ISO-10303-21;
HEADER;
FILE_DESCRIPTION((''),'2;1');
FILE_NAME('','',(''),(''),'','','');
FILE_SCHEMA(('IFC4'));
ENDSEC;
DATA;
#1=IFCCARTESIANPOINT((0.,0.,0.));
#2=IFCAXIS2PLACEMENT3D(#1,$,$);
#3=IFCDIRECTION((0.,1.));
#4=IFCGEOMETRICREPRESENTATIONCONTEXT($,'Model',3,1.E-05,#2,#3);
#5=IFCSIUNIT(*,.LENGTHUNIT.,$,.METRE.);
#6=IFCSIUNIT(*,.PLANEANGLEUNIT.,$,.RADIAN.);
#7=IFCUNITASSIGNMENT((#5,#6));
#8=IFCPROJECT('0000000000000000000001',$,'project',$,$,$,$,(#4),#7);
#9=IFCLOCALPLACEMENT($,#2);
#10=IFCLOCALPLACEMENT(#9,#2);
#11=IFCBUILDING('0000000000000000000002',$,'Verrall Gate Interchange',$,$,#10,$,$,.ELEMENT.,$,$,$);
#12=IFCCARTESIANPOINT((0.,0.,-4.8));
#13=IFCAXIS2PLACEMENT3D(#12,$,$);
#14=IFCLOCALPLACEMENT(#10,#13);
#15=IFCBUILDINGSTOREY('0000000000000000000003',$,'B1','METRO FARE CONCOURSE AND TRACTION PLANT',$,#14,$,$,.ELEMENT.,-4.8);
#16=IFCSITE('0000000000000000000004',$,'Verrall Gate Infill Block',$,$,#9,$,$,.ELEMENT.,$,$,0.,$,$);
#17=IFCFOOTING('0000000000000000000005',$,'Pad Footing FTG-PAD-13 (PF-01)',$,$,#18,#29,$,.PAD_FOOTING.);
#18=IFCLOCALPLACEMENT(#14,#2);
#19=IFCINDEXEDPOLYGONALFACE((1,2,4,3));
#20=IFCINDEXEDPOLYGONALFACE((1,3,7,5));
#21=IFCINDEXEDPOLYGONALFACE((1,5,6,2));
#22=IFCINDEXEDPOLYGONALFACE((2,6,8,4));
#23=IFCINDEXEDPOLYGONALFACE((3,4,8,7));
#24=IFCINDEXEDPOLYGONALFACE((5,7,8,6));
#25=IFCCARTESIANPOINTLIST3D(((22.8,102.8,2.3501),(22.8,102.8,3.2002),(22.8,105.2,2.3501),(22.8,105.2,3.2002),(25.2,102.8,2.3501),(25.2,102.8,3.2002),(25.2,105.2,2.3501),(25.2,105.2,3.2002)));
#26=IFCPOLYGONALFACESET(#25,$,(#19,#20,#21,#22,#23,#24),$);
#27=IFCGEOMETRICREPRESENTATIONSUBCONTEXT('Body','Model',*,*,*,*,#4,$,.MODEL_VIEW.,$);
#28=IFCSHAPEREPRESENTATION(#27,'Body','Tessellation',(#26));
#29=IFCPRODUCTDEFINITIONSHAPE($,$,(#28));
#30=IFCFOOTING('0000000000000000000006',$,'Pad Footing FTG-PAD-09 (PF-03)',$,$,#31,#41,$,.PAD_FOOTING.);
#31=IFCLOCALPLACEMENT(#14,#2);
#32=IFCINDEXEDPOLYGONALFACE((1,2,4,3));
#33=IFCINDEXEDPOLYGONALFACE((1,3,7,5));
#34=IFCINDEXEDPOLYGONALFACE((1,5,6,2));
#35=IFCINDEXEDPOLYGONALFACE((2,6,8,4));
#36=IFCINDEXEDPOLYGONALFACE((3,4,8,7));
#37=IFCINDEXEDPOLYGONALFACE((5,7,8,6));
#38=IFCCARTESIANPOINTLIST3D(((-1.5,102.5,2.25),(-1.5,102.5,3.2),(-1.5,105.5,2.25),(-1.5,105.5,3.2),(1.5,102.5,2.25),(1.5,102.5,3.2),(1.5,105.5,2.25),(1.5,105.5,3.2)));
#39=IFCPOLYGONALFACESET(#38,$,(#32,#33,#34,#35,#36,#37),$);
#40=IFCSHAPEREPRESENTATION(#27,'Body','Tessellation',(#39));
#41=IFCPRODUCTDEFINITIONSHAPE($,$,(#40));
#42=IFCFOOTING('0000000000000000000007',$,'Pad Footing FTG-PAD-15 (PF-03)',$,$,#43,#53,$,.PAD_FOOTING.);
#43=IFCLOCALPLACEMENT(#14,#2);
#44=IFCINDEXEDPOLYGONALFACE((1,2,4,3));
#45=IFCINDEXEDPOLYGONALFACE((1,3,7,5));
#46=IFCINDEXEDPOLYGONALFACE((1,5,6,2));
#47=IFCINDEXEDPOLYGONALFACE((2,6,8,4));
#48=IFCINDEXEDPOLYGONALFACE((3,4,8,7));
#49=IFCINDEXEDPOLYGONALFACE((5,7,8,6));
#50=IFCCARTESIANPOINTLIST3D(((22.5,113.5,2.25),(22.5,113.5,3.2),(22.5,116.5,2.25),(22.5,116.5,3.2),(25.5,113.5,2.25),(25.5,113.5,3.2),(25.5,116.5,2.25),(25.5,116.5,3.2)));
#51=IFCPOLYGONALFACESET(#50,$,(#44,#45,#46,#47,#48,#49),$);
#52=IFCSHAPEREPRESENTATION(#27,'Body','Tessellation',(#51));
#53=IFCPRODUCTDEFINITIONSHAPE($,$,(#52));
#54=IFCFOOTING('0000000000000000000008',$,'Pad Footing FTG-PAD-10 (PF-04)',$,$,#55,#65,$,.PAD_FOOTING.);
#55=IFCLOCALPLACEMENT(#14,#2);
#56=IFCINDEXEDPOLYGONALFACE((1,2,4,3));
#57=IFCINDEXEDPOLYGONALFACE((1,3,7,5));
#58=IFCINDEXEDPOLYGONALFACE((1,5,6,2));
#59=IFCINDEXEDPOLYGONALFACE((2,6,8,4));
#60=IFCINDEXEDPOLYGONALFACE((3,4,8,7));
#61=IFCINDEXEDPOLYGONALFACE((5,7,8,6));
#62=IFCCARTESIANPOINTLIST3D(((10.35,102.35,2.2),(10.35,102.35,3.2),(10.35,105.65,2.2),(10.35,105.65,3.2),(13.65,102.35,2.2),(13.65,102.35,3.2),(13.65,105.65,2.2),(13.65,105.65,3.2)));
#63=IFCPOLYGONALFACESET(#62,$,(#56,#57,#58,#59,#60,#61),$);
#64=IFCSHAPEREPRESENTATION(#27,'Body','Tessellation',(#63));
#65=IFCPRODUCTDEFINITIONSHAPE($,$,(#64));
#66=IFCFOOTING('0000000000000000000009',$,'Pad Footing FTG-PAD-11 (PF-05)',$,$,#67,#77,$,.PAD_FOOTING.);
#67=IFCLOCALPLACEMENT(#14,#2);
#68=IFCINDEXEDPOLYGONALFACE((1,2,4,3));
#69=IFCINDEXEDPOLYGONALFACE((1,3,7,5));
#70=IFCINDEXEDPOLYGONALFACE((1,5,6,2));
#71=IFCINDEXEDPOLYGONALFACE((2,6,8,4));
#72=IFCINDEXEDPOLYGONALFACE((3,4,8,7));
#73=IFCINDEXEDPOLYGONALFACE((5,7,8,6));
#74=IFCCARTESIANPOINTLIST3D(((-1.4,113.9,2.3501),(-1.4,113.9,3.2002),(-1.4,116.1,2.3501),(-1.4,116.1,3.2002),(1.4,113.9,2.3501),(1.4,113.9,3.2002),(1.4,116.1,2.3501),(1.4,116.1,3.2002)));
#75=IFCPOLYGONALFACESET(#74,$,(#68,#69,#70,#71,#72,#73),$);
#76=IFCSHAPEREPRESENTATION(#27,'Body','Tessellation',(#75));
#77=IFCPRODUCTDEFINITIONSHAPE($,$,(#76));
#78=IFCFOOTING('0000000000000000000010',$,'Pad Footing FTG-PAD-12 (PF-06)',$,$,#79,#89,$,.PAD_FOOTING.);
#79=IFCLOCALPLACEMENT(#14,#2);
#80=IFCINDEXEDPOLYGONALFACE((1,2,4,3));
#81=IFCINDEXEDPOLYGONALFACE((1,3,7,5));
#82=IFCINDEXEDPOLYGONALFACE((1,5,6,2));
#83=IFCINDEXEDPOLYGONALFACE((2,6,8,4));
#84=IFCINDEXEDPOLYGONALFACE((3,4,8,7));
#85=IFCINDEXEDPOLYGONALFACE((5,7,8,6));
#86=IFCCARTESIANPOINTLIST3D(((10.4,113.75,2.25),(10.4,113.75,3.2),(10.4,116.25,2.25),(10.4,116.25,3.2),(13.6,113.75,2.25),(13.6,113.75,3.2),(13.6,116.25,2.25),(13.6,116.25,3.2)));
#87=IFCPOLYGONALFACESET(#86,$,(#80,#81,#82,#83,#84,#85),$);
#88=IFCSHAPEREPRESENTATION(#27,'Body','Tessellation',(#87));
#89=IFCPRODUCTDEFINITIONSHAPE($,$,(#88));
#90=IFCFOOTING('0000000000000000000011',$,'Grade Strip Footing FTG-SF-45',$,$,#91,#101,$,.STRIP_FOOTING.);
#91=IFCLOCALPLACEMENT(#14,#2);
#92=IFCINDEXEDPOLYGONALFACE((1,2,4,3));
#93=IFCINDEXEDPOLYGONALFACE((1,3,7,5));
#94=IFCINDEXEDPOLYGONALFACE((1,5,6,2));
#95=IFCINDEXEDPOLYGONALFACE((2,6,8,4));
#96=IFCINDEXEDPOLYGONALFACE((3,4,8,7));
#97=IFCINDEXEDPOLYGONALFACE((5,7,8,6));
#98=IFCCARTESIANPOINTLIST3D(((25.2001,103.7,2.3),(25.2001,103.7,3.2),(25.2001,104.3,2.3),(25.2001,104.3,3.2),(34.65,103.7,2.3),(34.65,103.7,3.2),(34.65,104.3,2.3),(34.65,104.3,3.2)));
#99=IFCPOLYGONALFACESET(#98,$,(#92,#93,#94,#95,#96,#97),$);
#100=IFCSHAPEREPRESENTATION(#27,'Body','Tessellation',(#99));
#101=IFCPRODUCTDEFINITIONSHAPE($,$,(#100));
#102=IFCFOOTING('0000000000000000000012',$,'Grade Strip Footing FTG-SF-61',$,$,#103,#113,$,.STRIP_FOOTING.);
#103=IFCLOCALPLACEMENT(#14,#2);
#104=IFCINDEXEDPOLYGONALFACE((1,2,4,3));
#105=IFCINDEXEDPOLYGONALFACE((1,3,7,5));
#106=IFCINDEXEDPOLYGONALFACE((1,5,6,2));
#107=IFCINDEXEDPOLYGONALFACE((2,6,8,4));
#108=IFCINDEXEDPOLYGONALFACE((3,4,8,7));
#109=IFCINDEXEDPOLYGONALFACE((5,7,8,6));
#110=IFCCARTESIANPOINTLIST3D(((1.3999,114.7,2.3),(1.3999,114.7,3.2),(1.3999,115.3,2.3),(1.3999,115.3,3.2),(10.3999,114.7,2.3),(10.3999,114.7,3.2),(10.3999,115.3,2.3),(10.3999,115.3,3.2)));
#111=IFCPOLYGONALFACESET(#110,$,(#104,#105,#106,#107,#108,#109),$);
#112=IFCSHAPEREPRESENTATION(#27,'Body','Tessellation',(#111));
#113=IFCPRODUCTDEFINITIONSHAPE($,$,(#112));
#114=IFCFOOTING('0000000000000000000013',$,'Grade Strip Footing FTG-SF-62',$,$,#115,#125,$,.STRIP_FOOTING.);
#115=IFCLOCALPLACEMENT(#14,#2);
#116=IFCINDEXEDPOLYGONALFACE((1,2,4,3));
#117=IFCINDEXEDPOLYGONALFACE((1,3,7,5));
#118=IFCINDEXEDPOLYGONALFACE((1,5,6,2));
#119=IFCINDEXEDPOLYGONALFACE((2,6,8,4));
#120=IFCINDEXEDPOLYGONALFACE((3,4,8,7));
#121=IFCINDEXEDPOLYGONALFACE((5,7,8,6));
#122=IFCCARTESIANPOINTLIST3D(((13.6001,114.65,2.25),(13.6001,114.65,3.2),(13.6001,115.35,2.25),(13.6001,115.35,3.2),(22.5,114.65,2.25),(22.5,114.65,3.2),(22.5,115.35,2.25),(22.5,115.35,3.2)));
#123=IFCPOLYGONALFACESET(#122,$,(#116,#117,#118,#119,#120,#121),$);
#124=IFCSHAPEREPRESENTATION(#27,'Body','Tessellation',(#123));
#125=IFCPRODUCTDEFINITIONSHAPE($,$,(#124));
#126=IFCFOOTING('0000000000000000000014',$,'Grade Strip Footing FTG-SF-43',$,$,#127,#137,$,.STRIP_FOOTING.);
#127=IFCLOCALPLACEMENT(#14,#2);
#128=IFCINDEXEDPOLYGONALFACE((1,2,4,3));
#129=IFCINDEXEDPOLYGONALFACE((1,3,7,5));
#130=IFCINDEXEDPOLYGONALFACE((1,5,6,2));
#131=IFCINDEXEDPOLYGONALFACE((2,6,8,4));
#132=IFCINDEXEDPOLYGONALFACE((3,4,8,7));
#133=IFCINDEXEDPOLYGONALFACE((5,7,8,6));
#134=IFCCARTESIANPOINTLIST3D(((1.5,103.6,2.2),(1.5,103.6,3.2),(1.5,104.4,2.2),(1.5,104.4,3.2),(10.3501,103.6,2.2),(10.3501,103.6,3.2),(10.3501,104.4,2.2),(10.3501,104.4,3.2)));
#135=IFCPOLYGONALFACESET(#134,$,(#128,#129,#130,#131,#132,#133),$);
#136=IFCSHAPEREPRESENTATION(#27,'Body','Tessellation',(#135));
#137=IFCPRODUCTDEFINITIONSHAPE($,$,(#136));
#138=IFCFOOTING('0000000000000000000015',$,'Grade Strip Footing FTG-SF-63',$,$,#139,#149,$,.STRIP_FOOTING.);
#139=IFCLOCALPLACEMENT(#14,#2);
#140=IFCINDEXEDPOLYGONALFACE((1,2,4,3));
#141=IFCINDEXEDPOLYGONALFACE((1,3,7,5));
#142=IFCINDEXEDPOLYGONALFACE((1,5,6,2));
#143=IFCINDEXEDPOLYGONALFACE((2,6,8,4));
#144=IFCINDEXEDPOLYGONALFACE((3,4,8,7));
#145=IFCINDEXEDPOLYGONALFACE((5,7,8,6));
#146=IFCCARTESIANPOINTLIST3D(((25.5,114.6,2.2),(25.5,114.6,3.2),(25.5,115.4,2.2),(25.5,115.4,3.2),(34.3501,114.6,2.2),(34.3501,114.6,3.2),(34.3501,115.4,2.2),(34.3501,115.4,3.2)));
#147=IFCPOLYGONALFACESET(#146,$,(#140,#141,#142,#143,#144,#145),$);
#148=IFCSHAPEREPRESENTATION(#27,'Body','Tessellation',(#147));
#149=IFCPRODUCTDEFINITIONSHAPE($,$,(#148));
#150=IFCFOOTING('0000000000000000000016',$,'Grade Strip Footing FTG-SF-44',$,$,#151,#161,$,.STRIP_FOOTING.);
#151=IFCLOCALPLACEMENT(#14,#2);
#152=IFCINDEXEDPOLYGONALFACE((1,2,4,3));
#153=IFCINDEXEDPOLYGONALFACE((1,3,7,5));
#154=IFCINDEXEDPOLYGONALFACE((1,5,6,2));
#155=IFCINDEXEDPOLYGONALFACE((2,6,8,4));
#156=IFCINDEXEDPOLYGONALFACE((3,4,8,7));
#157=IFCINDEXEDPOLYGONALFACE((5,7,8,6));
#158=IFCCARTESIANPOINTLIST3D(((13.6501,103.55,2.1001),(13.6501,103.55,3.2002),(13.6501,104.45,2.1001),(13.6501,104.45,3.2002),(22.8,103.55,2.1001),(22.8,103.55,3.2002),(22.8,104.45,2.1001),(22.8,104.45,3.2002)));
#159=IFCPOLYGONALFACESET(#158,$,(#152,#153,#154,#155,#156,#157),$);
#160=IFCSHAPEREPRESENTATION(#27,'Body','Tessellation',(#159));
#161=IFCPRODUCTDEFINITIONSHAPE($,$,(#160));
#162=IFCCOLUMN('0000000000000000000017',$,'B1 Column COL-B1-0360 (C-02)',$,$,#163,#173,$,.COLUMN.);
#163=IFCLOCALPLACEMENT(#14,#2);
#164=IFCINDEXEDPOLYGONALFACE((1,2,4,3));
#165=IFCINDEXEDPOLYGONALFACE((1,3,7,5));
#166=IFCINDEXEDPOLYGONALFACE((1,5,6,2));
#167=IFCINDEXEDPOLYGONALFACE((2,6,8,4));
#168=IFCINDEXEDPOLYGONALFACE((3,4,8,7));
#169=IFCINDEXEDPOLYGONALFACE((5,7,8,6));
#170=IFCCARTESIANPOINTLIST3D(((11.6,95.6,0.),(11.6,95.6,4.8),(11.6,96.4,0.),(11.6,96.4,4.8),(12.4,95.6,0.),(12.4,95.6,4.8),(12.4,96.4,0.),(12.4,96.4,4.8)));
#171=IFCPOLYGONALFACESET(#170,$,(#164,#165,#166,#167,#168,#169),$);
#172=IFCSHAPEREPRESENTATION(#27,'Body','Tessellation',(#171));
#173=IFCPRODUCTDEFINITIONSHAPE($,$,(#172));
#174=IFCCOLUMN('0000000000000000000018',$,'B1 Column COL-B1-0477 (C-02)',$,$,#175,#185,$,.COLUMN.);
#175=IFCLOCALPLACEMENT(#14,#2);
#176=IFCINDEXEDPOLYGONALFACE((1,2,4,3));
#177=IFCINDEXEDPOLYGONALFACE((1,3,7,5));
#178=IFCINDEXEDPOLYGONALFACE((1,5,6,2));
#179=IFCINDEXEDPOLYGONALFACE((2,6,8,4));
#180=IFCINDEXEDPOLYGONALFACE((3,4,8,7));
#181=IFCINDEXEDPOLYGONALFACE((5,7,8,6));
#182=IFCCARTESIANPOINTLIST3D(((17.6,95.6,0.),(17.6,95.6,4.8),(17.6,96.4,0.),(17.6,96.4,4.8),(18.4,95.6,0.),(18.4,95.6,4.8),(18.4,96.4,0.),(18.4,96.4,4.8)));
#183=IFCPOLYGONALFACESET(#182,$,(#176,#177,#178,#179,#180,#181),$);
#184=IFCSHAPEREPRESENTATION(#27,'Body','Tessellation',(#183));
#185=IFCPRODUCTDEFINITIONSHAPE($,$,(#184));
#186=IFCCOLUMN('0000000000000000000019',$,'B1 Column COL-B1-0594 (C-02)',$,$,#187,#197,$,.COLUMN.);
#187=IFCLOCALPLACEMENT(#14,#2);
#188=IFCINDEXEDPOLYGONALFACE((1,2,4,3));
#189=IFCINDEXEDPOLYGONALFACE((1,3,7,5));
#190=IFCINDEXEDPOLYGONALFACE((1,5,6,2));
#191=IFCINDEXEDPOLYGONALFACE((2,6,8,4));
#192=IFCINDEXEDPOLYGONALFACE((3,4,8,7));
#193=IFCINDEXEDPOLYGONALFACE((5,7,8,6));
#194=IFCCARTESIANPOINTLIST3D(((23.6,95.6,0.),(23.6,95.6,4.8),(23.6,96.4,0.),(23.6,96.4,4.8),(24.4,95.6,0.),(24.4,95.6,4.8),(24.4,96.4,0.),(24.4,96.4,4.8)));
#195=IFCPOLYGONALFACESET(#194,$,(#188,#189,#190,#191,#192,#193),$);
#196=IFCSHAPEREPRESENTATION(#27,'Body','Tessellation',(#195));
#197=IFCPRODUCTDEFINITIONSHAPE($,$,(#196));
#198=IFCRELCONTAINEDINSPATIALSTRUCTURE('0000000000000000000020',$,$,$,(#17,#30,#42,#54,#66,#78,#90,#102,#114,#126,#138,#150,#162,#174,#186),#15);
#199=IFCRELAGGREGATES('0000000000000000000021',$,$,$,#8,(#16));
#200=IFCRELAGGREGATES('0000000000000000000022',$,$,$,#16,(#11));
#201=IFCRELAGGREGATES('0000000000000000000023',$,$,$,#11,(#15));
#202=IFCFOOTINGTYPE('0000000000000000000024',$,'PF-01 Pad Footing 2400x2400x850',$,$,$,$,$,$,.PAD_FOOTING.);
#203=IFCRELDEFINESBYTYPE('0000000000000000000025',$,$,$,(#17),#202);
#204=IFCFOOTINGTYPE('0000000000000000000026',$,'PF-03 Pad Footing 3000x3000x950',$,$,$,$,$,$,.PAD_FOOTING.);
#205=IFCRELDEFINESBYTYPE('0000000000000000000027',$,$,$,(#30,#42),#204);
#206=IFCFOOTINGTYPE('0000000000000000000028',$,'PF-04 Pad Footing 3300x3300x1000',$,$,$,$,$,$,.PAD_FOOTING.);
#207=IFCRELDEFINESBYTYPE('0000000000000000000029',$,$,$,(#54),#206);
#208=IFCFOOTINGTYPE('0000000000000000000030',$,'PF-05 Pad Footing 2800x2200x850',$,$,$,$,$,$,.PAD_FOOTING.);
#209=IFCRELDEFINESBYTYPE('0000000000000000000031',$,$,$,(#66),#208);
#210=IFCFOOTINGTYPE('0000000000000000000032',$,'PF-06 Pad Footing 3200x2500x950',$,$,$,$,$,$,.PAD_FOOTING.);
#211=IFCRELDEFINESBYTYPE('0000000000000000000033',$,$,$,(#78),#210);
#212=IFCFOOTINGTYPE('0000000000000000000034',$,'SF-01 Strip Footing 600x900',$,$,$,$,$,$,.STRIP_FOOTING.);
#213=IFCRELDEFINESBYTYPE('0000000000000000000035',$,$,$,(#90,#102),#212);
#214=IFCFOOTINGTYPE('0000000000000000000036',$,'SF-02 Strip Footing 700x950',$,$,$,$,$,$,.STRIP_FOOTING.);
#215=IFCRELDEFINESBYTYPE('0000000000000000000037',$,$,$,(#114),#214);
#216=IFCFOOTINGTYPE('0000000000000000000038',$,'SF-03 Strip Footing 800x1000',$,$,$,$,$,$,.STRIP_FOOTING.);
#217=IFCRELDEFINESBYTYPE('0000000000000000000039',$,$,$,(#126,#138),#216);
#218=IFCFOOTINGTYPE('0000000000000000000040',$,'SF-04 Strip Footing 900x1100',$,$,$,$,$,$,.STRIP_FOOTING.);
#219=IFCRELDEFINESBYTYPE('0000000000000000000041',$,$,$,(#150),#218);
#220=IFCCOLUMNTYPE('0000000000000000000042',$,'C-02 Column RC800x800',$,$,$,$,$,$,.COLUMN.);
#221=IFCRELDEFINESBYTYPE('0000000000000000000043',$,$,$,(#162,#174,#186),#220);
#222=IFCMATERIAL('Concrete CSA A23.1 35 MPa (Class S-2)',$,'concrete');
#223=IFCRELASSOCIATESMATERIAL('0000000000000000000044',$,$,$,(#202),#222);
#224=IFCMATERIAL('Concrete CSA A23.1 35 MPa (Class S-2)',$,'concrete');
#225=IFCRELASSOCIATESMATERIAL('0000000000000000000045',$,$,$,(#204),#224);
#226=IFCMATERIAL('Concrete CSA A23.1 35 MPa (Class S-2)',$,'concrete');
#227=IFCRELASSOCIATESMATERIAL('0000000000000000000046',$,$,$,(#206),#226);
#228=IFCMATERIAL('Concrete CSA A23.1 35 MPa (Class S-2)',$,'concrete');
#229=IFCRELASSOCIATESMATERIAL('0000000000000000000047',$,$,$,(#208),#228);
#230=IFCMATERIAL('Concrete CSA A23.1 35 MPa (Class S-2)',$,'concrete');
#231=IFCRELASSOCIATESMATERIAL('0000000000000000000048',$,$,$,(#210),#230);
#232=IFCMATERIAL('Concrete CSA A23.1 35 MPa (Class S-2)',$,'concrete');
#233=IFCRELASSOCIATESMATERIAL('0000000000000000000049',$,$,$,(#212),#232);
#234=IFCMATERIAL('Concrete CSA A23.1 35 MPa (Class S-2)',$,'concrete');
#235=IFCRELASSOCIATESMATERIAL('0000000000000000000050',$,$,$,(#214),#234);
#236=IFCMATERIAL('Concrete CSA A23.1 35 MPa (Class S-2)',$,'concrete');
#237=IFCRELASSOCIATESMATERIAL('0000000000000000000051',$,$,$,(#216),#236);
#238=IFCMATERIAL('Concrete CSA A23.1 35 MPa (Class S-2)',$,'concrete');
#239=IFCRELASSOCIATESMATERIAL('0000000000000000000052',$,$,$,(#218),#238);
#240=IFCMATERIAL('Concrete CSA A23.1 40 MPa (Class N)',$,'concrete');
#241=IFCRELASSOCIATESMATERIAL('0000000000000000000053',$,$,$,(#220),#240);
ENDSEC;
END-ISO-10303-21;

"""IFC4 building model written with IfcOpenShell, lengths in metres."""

from ifc_helpers import new_model, si_unit, direction, frame, origin, origin_2d, place, context, subcontext, project, spatial, rectangle, extrude, material, material_profile, profile_set, type_object, element, save


model = new_model("IFC4")

# Units and contexts
model_context = context("Model", 3, precision=1e-05, world=origin(), true_north=direction((0.0, 1.0)))
body_context = subcontext(model_context, "Body", "Model", "MODEL_VIEW")
ifc_project = project(units=[si_unit("LENGTHUNIT", "METRE"), si_unit("PLANEANGLEUNIT", "RADIAN")], contexts=[model_context])

# Site, building, storey
site_placement = place(None, origin())
site = spatial("IfcSite", under=ifc_project, at=site_placement, Name="Verrall Gate Infill Block", CompositionType="ELEMENT", RefElevation=0.0)
building_placement = place(site_placement, origin())
building = spatial("IfcBuilding", under=site, at=building_placement, Name="Verrall Gate Interchange", CompositionType="ELEMENT")
storey_placement = place(building_placement, frame((0.0, 0.0, -4.8)))
storey = spatial("IfcBuildingStorey", under=building, at=storey_placement, Name="B1", Description="METRO FARE CONCOURSE AND TRACTION PLANT", CompositionType="ELEMENT", Elevation=-4.8)

# Footings
ifc_material_1 = material(Name="Concrete CSA A23.1 35 MPa (Class S-2)", Category="concrete")
footing_type_1 = type_object("IfcFootingType", Name="PF-01 Pad Footing 2400x2400x850", PredefinedType="PAD_FOOTING", material=ifc_material_1)
footing_1_placement = place(storey_placement, frame((24.0, 104.0, 2.3501), z_axis=(0.0, 0.0, 1.0), x_axis=(1.0, 0.0, 0.0)))
element("IfcFooting", 1, at=footing_1_placement, inside=storey, type_object=footing_type_1, Name="Pad Footing FTG-PAD-13 (PF-01)", PredefinedType="PAD_FOOTING", context=body_context, shape_type="SweptSolid", body=[
    extrude(rectangle(XDim=2.3999, YDim=2.3999, at=origin_2d()), origin(), (0.0, 0.0, 1.0), 0.8501),
])
ifc_material_2 = material(Name="Concrete CSA A23.1 35 MPa (Class S-2)", Category="concrete")
footing_type_2 = type_object("IfcFootingType", Name="PF-03 Pad Footing 3000x3000x950", PredefinedType="PAD_FOOTING", material=ifc_material_2)
for number, where, z_axis, x_axis, name in (
    (2, (0.0, 104.0, 2.25), (0.0, 0.0, 1.0), (1.0, 0.0, 0.0), "Pad Footing FTG-PAD-09 (PF-03)"),
    (3, (24.0, 115.0, 2.25), (0.0, 0.0, 1.0), (1.0, 0.0, 0.0), "Pad Footing FTG-PAD-15 (PF-03)"),
):
    element("IfcFooting", number, at=place(storey_placement, frame(where, z_axis=z_axis, x_axis=x_axis)), inside=storey, type_object=footing_type_2, Name=name, PredefinedType="PAD_FOOTING", context=body_context, shape_type="SweptSolid", body=[
        extrude(rectangle(XDim=3.0, YDim=3.0, at=origin_2d()), origin(), (0.0, 0.0, 1.0), 0.95),
    ])
ifc_material_3 = material(Name="Concrete CSA A23.1 35 MPa (Class S-2)", Category="concrete")
footing_type_3 = type_object("IfcFootingType", Name="PF-04 Pad Footing 3300x3300x1000", PredefinedType="PAD_FOOTING", material=ifc_material_3)
footing_2_placement = place(storey_placement, frame((12.0, 104.0, 2.2), z_axis=(0.0, 0.0, 1.0), x_axis=(1.0, 0.0, 0.0)))
element("IfcFooting", 4, at=footing_2_placement, inside=storey, type_object=footing_type_3, Name="Pad Footing FTG-PAD-10 (PF-04)", PredefinedType="PAD_FOOTING", context=body_context, shape_type="SweptSolid", body=[
    extrude(rectangle(XDim=3.3, YDim=3.3, at=origin_2d()), origin(), (0.0, 0.0, 1.0), 1.0),
])
ifc_material_4 = material(Name="Concrete CSA A23.1 35 MPa (Class S-2)", Category="concrete")
footing_type_4 = type_object("IfcFootingType", Name="PF-05 Pad Footing 2800x2200x850", PredefinedType="PAD_FOOTING", material=ifc_material_4)
footing_3_placement = place(storey_placement, frame((0.0, 115.0, 2.3501), z_axis=(0.0, 0.0, 1.0), x_axis=(1.0, 0.0, 0.0)))
element("IfcFooting", 5, at=footing_3_placement, inside=storey, type_object=footing_type_4, Name="Pad Footing FTG-PAD-11 (PF-05)", PredefinedType="PAD_FOOTING", context=body_context, shape_type="SweptSolid", body=[
    extrude(rectangle(XDim=2.8, YDim=2.2, at=origin_2d()), origin(), (0.0, 0.0, 1.0), 0.8501),
])
ifc_material_5 = material(Name="Concrete CSA A23.1 35 MPa (Class S-2)", Category="concrete")
footing_type_5 = type_object("IfcFootingType", Name="PF-06 Pad Footing 3200x2500x950", PredefinedType="PAD_FOOTING", material=ifc_material_5)
footing_4_placement = place(storey_placement, frame((12.0, 115.0, 2.25), z_axis=(0.0, 0.0, 1.0), x_axis=(1.0, 0.0, 0.0)))
element("IfcFooting", 6, at=footing_4_placement, inside=storey, type_object=footing_type_5, Name="Pad Footing FTG-PAD-12 (PF-06)", PredefinedType="PAD_FOOTING", context=body_context, shape_type="SweptSolid", body=[
    extrude(rectangle(XDim=3.2, YDim=2.5, at=origin_2d()), origin(), (0.0, 0.0, 1.0), 0.95),
])
ifc_material_6 = material(Name="Concrete CSA A23.1 35 MPa (Class S-2)", Category="concrete")
footing_type_6 = type_object("IfcFootingType", Name="SF-01 Strip Footing 600x900", PredefinedType="STRIP_FOOTING", material=ifc_material_6)
footing_5_placement = place(storey_placement, frame((29.925, 104.0, 2.3), z_axis=(0.0, 0.0, 1.0), x_axis=(1.0, 0.0, 0.0)))
element("IfcFooting", 7, at=footing_5_placement, inside=storey, type_object=footing_type_6, Name="Grade Strip Footing FTG-SF-45", PredefinedType="STRIP_FOOTING", context=body_context, shape_type="SweptSolid", body=[
    extrude(rectangle(XDim=9.45, YDim=0.6001, at=origin_2d()), origin(), (0.0, 0.0, 1.0), 0.8999),
])
footing_6_placement = place(storey_placement, frame((5.8999, 115.0, 2.3), z_axis=(0.0, 0.0, 1.0), x_axis=(1.0, 0.0, 0.0)))
element("IfcFooting", 8, at=footing_6_placement, inside=storey, type_object=footing_type_6, Name="Grade Strip Footing FTG-SF-61", PredefinedType="STRIP_FOOTING", context=body_context, shape_type="SweptSolid", body=[
    extrude(rectangle(XDim=9.0, YDim=0.6001, at=origin_2d()), origin(), (0.0, 0.0, 1.0), 0.8999),
])
ifc_material_7 = material(Name="Concrete CSA A23.1 35 MPa (Class S-2)", Category="concrete")
footing_type_7 = type_object("IfcFootingType", Name="SF-02 Strip Footing 700x950", PredefinedType="STRIP_FOOTING", material=ifc_material_7)
footing_7_placement = place(storey_placement, frame((18.05, 115.0, 2.25), z_axis=(0.0, 0.0, 1.0), x_axis=(1.0, 0.0, 0.0)))
element("IfcFooting", 9, at=footing_7_placement, inside=storey, type_object=footing_type_7, Name="Grade Strip Footing FTG-SF-62", PredefinedType="STRIP_FOOTING", context=body_context, shape_type="SweptSolid", body=[
    extrude(rectangle(XDim=8.8999, YDim=0.7, at=origin_2d()), origin(), (0.0, 0.0, 1.0), 0.95),
])
ifc_material_8 = material(Name="Concrete CSA A23.1 35 MPa (Class S-2)", Category="concrete")
footing_type_8 = type_object("IfcFootingType", Name="SF-03 Strip Footing 800x1000", PredefinedType="STRIP_FOOTING", material=ifc_material_8)
for number, where, z_axis, x_axis, name in (
    (10, (5.925, 104.0, 2.2), (0.0, 0.0, 1.0), (1.0, 0.0, 0.0), "Grade Strip Footing FTG-SF-43"),
    (11, (29.925, 115.0, 2.2), (0.0, 0.0, 1.0), (1.0, 0.0, 0.0), "Grade Strip Footing FTG-SF-63"),
):
    element("IfcFooting", number, at=place(storey_placement, frame(where, z_axis=z_axis, x_axis=x_axis)), inside=storey, type_object=footing_type_8, Name=name, PredefinedType="STRIP_FOOTING", context=body_context, shape_type="SweptSolid", body=[
        extrude(rectangle(XDim=8.8501, YDim=0.8, at=origin_2d()), origin(), (0.0, 0.0, 1.0), 1.0),
    ])
ifc_material_9 = material(Name="Concrete CSA A23.1 35 MPa (Class S-2)", Category="concrete")
footing_type_9 = type_object("IfcFootingType", Name="SF-04 Strip Footing 900x1100", PredefinedType="STRIP_FOOTING", material=ifc_material_9)
footing_8_placement = place(storey_placement, frame((18.2251, 104.0, 2.1001), z_axis=(0.0, 0.0, 1.0), x_axis=(1.0, 0.0, 0.0)))
element("IfcFooting", 12, at=footing_8_placement, inside=storey, type_object=footing_type_9, Name="Grade Strip Footing FTG-SF-44", PredefinedType="STRIP_FOOTING", context=body_context, shape_type="SweptSolid", body=[
    extrude(rectangle(XDim=9.1499, YDim=0.8999, at=origin_2d()), origin(), (0.0, 0.0, 1.0), 1.1001),
])

# Columns
ifc_material_10 = material(Name="Concrete CSA A23.1 40 MPa (Class N)", Category="concrete")
ifc_material_profile_1 = material_profile(ifc_material_10, rectangle(XDim=0.8, YDim=0.8, at=origin_2d()), Name="RC800x800")
ifc_profile_set_1 = profile_set([ifc_material_profile_1], Name="Concrete CSA A23.1 40 MPa (Class N)")
column_type_1 = type_object("IfcColumnType", Name="C-02 Column RC800x800", PredefinedType="COLUMN", material=ifc_profile_set_1)
for number, where, z_axis, x_axis, name in (
    (13, (12.0, 96.0, 0.0), (0.0, 0.0, 1.0), (1.0, 0.0, 0.0), "B1 Column COL-B1-0360 (C-02)"),
    (14, (18.0, 96.0, 0.0), (0.0, 0.0, 1.0), (1.0, 0.0, 0.0), "B1 Column COL-B1-0477 (C-02)"),
    (15, (24.0, 96.0, 0.0), (0.0, 0.0, 1.0), (1.0, 0.0, 0.0), "B1 Column COL-B1-0594 (C-02)"),
):
    element("IfcColumn", number, at=place(storey_placement, frame(where, z_axis=z_axis, x_axis=x_axis)), inside=storey, type_object=column_type_1, Name=name, PredefinedType="COLUMN", context=body_context, shape_type="SweptSolid", body=[
        extrude(rectangle(XDim=0.8, YDim=0.8, at=origin_2d()), origin(), (0.0, 0.0, 1.0), 4.8),
    ])

save(model, "model.ifc")
